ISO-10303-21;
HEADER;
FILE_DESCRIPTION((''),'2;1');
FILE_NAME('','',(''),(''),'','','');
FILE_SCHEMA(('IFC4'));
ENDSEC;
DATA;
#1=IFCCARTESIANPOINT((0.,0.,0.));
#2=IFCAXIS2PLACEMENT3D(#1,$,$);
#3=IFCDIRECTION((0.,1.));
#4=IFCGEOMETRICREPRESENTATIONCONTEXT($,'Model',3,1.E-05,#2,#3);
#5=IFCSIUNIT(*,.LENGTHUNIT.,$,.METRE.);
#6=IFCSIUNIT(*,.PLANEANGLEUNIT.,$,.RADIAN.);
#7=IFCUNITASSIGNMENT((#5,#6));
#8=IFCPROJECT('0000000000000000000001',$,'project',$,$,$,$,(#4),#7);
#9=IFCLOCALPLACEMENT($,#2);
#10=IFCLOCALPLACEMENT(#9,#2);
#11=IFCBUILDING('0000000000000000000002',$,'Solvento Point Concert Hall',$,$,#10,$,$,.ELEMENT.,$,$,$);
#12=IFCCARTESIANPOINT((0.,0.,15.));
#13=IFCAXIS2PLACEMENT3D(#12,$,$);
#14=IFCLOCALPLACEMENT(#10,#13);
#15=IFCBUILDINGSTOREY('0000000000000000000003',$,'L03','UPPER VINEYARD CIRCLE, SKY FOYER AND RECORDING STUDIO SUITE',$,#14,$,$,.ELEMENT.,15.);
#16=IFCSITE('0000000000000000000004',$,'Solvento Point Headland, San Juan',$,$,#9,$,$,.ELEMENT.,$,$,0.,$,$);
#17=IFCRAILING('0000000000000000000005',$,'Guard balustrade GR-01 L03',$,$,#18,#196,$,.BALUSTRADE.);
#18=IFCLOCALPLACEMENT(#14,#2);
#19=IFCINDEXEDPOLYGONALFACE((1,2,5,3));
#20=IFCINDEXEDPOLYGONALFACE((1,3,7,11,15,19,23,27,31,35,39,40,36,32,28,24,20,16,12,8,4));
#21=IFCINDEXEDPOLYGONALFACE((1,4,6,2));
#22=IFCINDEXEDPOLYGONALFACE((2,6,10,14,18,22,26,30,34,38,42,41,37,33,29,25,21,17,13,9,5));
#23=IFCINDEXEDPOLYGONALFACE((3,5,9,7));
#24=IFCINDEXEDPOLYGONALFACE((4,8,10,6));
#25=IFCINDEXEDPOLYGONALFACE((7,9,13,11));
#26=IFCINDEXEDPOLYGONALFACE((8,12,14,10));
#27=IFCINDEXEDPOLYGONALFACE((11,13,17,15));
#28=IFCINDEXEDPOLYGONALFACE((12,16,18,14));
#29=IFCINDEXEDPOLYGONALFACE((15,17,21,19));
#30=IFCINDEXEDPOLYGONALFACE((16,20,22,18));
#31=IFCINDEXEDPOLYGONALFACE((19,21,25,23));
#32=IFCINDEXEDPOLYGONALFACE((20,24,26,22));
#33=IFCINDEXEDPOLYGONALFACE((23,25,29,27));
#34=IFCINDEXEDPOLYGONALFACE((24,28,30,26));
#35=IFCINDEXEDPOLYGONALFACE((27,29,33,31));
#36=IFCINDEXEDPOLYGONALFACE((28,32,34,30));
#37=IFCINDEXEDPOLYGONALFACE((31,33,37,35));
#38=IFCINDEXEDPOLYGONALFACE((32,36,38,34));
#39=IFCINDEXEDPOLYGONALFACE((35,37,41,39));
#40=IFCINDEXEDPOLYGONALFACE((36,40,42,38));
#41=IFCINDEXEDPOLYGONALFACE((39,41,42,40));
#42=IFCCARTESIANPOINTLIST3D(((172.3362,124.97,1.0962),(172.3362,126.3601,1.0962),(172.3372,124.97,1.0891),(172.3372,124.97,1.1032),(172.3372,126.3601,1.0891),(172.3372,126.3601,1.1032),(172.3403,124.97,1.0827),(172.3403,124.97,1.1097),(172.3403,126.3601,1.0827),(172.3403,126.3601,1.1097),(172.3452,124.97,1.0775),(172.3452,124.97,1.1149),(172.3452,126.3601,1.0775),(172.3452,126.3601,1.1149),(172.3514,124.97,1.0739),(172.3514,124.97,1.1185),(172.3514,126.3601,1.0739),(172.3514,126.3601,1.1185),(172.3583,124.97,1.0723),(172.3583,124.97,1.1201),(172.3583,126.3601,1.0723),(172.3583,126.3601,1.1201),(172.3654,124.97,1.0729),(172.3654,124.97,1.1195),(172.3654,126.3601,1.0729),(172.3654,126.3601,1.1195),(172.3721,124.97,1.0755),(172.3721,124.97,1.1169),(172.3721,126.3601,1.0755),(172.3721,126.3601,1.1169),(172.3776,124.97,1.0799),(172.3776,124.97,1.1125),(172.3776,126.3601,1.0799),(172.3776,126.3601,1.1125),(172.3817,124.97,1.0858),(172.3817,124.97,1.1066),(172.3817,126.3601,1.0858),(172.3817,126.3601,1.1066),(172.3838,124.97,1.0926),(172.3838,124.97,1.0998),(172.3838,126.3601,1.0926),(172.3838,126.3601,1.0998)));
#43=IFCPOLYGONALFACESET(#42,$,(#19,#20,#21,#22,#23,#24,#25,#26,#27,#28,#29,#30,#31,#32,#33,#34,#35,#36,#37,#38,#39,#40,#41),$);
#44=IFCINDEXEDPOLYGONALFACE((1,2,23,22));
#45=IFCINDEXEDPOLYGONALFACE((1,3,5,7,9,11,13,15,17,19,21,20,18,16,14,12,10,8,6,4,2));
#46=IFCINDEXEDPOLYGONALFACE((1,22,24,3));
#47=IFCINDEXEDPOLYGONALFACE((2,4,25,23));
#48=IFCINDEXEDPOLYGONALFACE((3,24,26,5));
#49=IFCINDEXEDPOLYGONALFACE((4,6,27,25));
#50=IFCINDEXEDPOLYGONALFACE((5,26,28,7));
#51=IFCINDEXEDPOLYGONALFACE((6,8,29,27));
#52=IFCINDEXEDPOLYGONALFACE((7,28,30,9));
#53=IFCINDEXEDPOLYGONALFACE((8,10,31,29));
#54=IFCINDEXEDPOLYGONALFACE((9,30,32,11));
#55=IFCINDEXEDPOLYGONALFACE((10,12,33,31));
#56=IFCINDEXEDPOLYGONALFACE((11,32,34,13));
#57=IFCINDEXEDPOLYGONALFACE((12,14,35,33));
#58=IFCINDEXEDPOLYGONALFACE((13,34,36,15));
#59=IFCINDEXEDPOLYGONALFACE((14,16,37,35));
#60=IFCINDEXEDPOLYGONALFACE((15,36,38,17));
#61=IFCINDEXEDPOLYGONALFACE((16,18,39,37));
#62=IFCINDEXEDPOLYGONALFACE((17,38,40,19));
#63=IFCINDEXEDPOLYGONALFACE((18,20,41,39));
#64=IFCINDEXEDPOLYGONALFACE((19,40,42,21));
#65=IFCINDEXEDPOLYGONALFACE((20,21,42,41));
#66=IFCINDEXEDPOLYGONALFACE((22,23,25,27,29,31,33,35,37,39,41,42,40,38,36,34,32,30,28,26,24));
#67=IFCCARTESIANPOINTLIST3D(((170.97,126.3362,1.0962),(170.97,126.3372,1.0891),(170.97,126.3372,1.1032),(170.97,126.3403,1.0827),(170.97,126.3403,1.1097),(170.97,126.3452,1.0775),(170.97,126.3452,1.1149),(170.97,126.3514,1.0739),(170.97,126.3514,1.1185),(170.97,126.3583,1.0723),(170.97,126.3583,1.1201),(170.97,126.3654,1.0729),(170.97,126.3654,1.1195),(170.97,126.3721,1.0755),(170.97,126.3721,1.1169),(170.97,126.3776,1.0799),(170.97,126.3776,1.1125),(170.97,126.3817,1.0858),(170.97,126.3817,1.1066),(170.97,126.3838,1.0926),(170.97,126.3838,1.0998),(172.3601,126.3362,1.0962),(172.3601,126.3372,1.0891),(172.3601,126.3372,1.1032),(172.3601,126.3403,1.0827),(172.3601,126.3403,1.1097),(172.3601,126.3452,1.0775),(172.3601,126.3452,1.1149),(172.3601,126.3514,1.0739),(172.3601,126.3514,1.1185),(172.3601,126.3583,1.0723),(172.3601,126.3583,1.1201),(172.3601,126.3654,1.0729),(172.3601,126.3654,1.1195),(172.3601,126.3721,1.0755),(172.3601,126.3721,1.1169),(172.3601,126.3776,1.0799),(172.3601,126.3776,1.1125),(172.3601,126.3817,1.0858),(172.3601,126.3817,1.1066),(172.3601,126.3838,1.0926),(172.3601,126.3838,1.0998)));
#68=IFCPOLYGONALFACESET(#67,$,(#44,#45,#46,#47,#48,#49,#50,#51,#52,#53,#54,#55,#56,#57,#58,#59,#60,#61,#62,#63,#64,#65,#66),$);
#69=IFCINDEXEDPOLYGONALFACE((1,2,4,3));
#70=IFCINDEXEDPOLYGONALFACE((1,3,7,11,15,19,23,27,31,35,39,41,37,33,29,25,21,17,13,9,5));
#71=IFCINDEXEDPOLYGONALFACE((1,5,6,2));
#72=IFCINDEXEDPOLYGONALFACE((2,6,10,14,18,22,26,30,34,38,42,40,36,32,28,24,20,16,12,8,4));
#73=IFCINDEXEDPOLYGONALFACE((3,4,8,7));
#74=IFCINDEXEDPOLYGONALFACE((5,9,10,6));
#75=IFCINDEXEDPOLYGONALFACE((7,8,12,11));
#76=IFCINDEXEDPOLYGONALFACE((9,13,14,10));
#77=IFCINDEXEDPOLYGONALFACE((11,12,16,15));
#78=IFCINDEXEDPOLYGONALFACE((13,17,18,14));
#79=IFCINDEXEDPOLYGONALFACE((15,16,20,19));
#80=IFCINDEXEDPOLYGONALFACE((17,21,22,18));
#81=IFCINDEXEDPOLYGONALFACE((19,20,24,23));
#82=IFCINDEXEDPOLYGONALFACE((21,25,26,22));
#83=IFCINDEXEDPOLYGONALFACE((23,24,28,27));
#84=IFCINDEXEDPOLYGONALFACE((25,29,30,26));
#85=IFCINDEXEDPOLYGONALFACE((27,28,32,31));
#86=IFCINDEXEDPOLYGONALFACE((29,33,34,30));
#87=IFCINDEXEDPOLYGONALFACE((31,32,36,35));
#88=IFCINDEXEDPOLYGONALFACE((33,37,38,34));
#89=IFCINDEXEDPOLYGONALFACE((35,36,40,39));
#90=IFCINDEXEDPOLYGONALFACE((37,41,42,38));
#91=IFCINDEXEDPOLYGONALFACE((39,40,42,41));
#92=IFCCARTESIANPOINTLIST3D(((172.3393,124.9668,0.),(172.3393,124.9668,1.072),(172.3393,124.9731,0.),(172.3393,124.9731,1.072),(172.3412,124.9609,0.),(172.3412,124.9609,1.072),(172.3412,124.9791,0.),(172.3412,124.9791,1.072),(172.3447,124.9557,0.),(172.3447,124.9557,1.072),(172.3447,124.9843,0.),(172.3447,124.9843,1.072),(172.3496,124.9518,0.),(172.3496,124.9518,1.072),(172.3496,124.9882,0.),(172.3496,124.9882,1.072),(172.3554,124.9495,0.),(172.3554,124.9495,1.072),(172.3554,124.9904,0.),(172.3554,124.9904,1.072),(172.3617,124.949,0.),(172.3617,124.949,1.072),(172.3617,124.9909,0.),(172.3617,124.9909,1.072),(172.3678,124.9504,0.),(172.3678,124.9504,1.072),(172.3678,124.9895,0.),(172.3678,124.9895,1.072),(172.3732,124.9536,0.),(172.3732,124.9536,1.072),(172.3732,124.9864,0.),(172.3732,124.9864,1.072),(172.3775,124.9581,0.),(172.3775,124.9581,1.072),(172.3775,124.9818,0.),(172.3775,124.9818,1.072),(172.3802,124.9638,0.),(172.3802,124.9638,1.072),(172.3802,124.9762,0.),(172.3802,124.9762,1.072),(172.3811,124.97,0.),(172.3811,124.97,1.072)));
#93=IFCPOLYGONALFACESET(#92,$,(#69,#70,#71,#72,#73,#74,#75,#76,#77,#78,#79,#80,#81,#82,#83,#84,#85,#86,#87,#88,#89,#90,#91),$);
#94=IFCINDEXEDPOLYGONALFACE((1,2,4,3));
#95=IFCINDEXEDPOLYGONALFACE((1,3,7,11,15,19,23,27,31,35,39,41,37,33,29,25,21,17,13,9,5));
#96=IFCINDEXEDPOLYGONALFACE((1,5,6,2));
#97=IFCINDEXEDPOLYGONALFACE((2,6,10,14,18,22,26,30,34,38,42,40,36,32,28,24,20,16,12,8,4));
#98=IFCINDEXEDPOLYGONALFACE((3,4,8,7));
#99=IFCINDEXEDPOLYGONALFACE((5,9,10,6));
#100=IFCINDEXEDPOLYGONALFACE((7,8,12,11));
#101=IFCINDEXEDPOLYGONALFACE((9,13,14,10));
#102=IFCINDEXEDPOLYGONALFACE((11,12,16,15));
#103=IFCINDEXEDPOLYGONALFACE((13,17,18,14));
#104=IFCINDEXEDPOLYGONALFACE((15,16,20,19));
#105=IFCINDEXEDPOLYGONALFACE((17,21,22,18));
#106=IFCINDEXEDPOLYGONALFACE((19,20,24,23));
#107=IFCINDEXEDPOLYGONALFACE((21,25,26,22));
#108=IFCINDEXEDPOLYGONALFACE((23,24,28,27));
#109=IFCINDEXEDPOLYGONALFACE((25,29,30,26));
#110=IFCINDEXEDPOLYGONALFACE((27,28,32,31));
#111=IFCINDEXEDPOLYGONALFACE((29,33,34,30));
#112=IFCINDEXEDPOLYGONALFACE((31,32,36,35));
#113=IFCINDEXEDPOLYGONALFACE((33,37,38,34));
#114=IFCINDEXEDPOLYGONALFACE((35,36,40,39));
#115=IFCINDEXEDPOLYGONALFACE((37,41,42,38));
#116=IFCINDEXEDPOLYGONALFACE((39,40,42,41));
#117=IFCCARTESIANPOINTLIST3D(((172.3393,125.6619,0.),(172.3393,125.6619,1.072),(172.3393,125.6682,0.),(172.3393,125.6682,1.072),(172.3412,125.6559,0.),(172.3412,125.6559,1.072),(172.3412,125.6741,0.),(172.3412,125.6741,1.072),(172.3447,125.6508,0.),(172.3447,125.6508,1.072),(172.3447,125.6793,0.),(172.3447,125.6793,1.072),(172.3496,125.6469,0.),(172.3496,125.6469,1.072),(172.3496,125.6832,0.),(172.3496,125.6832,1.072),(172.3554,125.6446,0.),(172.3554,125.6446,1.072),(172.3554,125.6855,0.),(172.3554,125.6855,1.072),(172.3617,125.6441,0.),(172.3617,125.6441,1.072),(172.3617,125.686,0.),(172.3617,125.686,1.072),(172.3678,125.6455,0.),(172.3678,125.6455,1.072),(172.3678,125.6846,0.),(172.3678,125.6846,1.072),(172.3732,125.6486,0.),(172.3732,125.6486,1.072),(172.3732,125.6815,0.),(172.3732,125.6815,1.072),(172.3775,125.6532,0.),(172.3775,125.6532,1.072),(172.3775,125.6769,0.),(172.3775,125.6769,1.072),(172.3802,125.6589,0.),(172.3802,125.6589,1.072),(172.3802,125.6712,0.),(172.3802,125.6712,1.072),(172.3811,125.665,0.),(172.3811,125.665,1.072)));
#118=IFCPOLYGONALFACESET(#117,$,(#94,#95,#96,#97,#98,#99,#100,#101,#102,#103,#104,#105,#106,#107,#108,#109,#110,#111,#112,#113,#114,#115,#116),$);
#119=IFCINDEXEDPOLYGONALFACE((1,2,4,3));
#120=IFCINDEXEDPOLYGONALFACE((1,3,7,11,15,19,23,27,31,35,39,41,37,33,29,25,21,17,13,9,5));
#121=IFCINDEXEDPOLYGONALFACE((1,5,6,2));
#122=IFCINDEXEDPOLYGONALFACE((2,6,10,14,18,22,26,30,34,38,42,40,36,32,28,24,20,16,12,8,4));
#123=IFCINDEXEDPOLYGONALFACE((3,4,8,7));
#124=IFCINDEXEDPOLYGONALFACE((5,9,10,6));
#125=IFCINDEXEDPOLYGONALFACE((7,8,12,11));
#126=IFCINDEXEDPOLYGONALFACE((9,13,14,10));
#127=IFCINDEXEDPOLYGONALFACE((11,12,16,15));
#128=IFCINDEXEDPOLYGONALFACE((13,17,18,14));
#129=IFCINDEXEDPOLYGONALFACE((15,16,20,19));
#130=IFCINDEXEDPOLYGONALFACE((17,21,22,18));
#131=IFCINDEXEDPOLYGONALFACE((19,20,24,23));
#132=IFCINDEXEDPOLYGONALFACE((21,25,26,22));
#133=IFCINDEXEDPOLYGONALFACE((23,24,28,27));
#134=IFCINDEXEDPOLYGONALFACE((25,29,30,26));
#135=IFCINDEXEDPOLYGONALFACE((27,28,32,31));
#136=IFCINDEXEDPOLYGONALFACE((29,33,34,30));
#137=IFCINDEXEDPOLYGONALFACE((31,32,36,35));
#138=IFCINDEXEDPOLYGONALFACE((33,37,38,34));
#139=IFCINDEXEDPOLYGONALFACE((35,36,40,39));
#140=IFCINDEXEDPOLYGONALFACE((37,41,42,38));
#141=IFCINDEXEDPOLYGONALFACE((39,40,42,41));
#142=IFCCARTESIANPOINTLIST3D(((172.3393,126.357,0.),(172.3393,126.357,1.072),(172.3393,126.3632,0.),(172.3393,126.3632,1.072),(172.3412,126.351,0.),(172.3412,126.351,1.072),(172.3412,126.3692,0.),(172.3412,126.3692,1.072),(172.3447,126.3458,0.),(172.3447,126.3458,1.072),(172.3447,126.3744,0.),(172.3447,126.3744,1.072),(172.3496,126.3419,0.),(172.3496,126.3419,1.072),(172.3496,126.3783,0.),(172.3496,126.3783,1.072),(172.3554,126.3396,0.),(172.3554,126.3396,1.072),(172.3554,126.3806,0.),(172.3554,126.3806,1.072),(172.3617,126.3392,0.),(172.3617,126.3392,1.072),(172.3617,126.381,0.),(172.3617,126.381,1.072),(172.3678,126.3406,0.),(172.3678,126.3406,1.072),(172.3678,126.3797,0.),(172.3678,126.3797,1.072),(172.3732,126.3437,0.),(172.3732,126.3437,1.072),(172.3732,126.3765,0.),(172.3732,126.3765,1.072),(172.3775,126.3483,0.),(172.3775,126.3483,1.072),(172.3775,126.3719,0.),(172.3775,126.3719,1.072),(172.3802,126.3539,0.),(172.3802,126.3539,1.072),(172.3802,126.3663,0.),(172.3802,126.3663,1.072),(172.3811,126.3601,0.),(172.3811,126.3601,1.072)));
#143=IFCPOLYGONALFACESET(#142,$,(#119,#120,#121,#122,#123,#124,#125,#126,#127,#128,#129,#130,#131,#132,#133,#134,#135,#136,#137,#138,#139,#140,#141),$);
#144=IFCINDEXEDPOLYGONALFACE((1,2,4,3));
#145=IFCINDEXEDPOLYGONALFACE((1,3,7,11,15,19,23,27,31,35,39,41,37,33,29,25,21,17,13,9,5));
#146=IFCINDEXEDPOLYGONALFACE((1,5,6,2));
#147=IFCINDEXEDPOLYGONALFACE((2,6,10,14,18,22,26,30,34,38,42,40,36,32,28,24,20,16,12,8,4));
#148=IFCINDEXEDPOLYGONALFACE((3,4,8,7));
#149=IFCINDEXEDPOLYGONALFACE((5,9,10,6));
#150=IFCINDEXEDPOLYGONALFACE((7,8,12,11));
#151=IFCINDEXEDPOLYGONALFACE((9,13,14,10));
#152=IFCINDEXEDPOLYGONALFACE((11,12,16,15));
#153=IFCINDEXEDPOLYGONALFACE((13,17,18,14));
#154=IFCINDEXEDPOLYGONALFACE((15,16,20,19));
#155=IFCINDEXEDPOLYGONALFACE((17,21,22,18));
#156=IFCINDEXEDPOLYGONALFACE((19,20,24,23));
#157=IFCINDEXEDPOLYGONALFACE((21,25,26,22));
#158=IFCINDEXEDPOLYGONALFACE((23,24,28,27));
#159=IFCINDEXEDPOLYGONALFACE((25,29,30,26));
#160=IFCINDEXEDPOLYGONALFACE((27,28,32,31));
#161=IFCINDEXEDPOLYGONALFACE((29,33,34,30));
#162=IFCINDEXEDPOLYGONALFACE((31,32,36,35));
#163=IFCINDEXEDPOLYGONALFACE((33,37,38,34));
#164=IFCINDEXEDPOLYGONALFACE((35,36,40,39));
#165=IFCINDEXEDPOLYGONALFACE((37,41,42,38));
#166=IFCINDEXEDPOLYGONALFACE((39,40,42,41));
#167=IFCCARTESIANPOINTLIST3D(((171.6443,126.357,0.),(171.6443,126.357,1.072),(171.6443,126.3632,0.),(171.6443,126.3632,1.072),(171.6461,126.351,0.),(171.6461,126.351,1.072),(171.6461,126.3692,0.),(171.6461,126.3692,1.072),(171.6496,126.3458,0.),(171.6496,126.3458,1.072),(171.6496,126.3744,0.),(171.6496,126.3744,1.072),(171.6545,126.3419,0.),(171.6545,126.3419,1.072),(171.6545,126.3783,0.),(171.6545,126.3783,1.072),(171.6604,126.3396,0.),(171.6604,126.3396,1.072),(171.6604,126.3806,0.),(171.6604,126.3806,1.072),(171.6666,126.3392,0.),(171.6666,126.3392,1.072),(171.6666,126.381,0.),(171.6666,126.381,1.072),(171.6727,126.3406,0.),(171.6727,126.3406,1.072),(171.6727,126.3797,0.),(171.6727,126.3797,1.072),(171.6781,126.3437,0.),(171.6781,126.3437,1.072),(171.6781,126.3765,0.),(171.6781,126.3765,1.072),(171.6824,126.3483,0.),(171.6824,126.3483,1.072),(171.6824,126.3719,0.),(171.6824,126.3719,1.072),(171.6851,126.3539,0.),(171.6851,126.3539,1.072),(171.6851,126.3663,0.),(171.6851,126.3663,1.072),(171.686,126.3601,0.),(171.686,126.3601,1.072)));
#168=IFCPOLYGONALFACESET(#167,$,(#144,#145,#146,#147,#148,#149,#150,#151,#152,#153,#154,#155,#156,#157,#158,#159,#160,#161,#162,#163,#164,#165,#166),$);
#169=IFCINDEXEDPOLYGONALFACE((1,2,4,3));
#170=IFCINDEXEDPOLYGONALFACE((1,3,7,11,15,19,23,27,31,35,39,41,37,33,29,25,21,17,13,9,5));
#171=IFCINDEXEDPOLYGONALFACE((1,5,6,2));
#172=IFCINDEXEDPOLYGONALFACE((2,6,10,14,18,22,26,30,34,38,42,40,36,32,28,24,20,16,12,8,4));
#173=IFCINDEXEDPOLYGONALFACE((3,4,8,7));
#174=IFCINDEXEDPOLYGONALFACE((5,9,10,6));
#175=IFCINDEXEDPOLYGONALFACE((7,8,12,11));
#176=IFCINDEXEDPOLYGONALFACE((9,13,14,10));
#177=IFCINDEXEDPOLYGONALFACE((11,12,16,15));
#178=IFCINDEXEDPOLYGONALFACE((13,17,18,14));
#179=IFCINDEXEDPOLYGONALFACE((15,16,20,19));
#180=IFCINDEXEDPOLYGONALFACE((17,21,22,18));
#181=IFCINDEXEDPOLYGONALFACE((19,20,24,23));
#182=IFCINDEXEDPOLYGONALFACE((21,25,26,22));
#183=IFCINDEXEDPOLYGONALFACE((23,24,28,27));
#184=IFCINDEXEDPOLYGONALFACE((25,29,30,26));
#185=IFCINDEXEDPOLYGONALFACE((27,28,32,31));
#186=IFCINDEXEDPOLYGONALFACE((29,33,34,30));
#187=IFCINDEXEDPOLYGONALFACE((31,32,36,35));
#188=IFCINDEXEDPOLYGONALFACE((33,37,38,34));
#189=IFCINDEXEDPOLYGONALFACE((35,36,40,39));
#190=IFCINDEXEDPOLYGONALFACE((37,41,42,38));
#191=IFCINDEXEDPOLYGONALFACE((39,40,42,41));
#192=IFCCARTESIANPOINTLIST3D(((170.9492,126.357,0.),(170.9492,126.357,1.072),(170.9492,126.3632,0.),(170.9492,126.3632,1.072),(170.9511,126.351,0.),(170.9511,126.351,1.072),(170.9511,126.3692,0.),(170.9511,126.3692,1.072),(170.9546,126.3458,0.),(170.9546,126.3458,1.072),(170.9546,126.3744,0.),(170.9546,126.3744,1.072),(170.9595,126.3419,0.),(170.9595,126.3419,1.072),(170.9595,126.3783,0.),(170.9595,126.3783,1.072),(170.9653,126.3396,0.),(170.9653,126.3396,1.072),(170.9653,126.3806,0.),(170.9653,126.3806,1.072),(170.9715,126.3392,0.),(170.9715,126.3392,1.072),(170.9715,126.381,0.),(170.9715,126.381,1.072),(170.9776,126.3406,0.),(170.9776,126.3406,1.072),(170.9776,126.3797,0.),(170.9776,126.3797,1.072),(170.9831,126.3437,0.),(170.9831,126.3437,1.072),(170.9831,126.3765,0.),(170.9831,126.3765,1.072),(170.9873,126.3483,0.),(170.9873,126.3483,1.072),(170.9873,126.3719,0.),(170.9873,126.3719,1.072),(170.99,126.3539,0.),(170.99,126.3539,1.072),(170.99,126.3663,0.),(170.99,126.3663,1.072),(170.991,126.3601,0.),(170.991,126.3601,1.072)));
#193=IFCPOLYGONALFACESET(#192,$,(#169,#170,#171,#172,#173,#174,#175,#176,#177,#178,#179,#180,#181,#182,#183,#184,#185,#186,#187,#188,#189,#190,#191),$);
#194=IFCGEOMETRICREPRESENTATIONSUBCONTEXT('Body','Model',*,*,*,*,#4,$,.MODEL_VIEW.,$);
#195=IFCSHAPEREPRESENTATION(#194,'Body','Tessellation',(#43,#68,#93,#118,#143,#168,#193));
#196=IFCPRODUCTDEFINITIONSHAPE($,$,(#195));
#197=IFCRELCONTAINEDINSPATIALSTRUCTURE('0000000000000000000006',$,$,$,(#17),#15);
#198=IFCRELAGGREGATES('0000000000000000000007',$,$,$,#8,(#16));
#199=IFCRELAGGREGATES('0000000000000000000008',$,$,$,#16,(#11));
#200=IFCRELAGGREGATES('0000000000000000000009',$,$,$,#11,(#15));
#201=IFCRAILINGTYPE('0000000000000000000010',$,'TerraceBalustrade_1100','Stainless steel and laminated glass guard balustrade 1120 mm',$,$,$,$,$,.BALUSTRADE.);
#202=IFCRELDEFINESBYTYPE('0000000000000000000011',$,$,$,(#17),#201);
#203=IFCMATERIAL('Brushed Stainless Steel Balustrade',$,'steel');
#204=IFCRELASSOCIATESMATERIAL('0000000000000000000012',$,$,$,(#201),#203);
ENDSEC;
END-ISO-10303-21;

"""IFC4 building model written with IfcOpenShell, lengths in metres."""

from ifc_helpers import new_model, si_unit, direction, frame, origin, origin_2d, place, context, subcontext, project, spatial, circle, extrude, material, type_object, element, save


model = new_model("IFC4")

# Units and contexts
model_context = context("Model", 3, precision=1e-05, world=origin(), true_north=direction((0.0, 1.0)))
body_context = subcontext(model_context, "Body", "Model", "MODEL_VIEW")
ifc_project = project(units=[si_unit("LENGTHUNIT", "METRE"), si_unit("PLANEANGLEUNIT", "RADIAN")], contexts=[model_context])

# Site, building, storey
site_placement = place(None, origin())
site = spatial("IfcSite", under=ifc_project, at=site_placement, Name="Solvento Point Headland, San Juan", CompositionType="ELEMENT", RefElevation=0.0)
building_placement = place(site_placement, origin())
building = spatial("IfcBuilding", under=site, at=building_placement, Name="Solvento Point Concert Hall", CompositionType="ELEMENT")
storey_placement = place(building_placement, frame((0.0, 0.0, 15.0)))
storey = spatial("IfcBuildingStorey", under=building, at=storey_placement, Name="L03", Description="UPPER VINEYARD CIRCLE, SKY FOYER AND RECORDING STUDIO SUITE", CompositionType="ELEMENT", Elevation=15.0)

# Railing
ifc_material_1 = material(Name="Brushed Stainless Steel Balustrade", Category="steel")
railing_type = type_object("IfcRailingType", Name="TerraceBalustrade_1100", Description="Stainless steel and laminated glass guard balustrade 1120 mm", PredefinedType="BALUSTRADE", material=ifc_material_1)
railing_1_placement = place(storey_placement, frame((172.3601, 124.97, 0.0)))
element("IfcRailing", 1, at=railing_1_placement, inside=storey, type_object=railing_type, Name="Guard balustrade GR-01 L03", PredefinedType="BALUSTRADE", context=body_context, shape_type="SweptSolid", body=[
    extrude(circle(Radius=0.0239, at=origin_2d()), frame((0.0, 0.0, 1.0962), z_axis=(0.0, 1.0, 0.0), x_axis=(-1.0, 0.0, 0.0)), (0.0, 0.0, 1.0), 1.3901),
    extrude(circle(Radius=0.0239, at=origin_2d()), frame((0.0, 1.3901, 1.0962), z_axis=(-1.0, 0.0, 0.0), x_axis=(0.0, -1.0, 0.0)), (0.0, 0.0, 1.0), 1.3901),
    extrude(circle(Radius=0.021, at=origin_2d()), origin(), (0.0, 0.0, 1.0), 1.072),
    extrude(circle(Radius=0.021, at=origin_2d()), frame((0.0, 0.6951, 0.0)), (0.0, 0.0, 1.0), 1.072),
    extrude(circle(Radius=0.021, at=origin_2d()), frame((0.0, 1.3901, 0.0)), (0.0, 0.0, 1.0), 1.072),
    extrude(circle(Radius=0.021, at=origin_2d()), frame((-0.6951, 1.3901, 0.0)), (0.0, 0.0, 1.0), 1.072),
    extrude(circle(Radius=0.021, at=origin_2d()), frame((-1.3901, 1.3901, 0.0)), (0.0, 0.0, 1.0), 1.072),
])

save(model, "model.ifc")
